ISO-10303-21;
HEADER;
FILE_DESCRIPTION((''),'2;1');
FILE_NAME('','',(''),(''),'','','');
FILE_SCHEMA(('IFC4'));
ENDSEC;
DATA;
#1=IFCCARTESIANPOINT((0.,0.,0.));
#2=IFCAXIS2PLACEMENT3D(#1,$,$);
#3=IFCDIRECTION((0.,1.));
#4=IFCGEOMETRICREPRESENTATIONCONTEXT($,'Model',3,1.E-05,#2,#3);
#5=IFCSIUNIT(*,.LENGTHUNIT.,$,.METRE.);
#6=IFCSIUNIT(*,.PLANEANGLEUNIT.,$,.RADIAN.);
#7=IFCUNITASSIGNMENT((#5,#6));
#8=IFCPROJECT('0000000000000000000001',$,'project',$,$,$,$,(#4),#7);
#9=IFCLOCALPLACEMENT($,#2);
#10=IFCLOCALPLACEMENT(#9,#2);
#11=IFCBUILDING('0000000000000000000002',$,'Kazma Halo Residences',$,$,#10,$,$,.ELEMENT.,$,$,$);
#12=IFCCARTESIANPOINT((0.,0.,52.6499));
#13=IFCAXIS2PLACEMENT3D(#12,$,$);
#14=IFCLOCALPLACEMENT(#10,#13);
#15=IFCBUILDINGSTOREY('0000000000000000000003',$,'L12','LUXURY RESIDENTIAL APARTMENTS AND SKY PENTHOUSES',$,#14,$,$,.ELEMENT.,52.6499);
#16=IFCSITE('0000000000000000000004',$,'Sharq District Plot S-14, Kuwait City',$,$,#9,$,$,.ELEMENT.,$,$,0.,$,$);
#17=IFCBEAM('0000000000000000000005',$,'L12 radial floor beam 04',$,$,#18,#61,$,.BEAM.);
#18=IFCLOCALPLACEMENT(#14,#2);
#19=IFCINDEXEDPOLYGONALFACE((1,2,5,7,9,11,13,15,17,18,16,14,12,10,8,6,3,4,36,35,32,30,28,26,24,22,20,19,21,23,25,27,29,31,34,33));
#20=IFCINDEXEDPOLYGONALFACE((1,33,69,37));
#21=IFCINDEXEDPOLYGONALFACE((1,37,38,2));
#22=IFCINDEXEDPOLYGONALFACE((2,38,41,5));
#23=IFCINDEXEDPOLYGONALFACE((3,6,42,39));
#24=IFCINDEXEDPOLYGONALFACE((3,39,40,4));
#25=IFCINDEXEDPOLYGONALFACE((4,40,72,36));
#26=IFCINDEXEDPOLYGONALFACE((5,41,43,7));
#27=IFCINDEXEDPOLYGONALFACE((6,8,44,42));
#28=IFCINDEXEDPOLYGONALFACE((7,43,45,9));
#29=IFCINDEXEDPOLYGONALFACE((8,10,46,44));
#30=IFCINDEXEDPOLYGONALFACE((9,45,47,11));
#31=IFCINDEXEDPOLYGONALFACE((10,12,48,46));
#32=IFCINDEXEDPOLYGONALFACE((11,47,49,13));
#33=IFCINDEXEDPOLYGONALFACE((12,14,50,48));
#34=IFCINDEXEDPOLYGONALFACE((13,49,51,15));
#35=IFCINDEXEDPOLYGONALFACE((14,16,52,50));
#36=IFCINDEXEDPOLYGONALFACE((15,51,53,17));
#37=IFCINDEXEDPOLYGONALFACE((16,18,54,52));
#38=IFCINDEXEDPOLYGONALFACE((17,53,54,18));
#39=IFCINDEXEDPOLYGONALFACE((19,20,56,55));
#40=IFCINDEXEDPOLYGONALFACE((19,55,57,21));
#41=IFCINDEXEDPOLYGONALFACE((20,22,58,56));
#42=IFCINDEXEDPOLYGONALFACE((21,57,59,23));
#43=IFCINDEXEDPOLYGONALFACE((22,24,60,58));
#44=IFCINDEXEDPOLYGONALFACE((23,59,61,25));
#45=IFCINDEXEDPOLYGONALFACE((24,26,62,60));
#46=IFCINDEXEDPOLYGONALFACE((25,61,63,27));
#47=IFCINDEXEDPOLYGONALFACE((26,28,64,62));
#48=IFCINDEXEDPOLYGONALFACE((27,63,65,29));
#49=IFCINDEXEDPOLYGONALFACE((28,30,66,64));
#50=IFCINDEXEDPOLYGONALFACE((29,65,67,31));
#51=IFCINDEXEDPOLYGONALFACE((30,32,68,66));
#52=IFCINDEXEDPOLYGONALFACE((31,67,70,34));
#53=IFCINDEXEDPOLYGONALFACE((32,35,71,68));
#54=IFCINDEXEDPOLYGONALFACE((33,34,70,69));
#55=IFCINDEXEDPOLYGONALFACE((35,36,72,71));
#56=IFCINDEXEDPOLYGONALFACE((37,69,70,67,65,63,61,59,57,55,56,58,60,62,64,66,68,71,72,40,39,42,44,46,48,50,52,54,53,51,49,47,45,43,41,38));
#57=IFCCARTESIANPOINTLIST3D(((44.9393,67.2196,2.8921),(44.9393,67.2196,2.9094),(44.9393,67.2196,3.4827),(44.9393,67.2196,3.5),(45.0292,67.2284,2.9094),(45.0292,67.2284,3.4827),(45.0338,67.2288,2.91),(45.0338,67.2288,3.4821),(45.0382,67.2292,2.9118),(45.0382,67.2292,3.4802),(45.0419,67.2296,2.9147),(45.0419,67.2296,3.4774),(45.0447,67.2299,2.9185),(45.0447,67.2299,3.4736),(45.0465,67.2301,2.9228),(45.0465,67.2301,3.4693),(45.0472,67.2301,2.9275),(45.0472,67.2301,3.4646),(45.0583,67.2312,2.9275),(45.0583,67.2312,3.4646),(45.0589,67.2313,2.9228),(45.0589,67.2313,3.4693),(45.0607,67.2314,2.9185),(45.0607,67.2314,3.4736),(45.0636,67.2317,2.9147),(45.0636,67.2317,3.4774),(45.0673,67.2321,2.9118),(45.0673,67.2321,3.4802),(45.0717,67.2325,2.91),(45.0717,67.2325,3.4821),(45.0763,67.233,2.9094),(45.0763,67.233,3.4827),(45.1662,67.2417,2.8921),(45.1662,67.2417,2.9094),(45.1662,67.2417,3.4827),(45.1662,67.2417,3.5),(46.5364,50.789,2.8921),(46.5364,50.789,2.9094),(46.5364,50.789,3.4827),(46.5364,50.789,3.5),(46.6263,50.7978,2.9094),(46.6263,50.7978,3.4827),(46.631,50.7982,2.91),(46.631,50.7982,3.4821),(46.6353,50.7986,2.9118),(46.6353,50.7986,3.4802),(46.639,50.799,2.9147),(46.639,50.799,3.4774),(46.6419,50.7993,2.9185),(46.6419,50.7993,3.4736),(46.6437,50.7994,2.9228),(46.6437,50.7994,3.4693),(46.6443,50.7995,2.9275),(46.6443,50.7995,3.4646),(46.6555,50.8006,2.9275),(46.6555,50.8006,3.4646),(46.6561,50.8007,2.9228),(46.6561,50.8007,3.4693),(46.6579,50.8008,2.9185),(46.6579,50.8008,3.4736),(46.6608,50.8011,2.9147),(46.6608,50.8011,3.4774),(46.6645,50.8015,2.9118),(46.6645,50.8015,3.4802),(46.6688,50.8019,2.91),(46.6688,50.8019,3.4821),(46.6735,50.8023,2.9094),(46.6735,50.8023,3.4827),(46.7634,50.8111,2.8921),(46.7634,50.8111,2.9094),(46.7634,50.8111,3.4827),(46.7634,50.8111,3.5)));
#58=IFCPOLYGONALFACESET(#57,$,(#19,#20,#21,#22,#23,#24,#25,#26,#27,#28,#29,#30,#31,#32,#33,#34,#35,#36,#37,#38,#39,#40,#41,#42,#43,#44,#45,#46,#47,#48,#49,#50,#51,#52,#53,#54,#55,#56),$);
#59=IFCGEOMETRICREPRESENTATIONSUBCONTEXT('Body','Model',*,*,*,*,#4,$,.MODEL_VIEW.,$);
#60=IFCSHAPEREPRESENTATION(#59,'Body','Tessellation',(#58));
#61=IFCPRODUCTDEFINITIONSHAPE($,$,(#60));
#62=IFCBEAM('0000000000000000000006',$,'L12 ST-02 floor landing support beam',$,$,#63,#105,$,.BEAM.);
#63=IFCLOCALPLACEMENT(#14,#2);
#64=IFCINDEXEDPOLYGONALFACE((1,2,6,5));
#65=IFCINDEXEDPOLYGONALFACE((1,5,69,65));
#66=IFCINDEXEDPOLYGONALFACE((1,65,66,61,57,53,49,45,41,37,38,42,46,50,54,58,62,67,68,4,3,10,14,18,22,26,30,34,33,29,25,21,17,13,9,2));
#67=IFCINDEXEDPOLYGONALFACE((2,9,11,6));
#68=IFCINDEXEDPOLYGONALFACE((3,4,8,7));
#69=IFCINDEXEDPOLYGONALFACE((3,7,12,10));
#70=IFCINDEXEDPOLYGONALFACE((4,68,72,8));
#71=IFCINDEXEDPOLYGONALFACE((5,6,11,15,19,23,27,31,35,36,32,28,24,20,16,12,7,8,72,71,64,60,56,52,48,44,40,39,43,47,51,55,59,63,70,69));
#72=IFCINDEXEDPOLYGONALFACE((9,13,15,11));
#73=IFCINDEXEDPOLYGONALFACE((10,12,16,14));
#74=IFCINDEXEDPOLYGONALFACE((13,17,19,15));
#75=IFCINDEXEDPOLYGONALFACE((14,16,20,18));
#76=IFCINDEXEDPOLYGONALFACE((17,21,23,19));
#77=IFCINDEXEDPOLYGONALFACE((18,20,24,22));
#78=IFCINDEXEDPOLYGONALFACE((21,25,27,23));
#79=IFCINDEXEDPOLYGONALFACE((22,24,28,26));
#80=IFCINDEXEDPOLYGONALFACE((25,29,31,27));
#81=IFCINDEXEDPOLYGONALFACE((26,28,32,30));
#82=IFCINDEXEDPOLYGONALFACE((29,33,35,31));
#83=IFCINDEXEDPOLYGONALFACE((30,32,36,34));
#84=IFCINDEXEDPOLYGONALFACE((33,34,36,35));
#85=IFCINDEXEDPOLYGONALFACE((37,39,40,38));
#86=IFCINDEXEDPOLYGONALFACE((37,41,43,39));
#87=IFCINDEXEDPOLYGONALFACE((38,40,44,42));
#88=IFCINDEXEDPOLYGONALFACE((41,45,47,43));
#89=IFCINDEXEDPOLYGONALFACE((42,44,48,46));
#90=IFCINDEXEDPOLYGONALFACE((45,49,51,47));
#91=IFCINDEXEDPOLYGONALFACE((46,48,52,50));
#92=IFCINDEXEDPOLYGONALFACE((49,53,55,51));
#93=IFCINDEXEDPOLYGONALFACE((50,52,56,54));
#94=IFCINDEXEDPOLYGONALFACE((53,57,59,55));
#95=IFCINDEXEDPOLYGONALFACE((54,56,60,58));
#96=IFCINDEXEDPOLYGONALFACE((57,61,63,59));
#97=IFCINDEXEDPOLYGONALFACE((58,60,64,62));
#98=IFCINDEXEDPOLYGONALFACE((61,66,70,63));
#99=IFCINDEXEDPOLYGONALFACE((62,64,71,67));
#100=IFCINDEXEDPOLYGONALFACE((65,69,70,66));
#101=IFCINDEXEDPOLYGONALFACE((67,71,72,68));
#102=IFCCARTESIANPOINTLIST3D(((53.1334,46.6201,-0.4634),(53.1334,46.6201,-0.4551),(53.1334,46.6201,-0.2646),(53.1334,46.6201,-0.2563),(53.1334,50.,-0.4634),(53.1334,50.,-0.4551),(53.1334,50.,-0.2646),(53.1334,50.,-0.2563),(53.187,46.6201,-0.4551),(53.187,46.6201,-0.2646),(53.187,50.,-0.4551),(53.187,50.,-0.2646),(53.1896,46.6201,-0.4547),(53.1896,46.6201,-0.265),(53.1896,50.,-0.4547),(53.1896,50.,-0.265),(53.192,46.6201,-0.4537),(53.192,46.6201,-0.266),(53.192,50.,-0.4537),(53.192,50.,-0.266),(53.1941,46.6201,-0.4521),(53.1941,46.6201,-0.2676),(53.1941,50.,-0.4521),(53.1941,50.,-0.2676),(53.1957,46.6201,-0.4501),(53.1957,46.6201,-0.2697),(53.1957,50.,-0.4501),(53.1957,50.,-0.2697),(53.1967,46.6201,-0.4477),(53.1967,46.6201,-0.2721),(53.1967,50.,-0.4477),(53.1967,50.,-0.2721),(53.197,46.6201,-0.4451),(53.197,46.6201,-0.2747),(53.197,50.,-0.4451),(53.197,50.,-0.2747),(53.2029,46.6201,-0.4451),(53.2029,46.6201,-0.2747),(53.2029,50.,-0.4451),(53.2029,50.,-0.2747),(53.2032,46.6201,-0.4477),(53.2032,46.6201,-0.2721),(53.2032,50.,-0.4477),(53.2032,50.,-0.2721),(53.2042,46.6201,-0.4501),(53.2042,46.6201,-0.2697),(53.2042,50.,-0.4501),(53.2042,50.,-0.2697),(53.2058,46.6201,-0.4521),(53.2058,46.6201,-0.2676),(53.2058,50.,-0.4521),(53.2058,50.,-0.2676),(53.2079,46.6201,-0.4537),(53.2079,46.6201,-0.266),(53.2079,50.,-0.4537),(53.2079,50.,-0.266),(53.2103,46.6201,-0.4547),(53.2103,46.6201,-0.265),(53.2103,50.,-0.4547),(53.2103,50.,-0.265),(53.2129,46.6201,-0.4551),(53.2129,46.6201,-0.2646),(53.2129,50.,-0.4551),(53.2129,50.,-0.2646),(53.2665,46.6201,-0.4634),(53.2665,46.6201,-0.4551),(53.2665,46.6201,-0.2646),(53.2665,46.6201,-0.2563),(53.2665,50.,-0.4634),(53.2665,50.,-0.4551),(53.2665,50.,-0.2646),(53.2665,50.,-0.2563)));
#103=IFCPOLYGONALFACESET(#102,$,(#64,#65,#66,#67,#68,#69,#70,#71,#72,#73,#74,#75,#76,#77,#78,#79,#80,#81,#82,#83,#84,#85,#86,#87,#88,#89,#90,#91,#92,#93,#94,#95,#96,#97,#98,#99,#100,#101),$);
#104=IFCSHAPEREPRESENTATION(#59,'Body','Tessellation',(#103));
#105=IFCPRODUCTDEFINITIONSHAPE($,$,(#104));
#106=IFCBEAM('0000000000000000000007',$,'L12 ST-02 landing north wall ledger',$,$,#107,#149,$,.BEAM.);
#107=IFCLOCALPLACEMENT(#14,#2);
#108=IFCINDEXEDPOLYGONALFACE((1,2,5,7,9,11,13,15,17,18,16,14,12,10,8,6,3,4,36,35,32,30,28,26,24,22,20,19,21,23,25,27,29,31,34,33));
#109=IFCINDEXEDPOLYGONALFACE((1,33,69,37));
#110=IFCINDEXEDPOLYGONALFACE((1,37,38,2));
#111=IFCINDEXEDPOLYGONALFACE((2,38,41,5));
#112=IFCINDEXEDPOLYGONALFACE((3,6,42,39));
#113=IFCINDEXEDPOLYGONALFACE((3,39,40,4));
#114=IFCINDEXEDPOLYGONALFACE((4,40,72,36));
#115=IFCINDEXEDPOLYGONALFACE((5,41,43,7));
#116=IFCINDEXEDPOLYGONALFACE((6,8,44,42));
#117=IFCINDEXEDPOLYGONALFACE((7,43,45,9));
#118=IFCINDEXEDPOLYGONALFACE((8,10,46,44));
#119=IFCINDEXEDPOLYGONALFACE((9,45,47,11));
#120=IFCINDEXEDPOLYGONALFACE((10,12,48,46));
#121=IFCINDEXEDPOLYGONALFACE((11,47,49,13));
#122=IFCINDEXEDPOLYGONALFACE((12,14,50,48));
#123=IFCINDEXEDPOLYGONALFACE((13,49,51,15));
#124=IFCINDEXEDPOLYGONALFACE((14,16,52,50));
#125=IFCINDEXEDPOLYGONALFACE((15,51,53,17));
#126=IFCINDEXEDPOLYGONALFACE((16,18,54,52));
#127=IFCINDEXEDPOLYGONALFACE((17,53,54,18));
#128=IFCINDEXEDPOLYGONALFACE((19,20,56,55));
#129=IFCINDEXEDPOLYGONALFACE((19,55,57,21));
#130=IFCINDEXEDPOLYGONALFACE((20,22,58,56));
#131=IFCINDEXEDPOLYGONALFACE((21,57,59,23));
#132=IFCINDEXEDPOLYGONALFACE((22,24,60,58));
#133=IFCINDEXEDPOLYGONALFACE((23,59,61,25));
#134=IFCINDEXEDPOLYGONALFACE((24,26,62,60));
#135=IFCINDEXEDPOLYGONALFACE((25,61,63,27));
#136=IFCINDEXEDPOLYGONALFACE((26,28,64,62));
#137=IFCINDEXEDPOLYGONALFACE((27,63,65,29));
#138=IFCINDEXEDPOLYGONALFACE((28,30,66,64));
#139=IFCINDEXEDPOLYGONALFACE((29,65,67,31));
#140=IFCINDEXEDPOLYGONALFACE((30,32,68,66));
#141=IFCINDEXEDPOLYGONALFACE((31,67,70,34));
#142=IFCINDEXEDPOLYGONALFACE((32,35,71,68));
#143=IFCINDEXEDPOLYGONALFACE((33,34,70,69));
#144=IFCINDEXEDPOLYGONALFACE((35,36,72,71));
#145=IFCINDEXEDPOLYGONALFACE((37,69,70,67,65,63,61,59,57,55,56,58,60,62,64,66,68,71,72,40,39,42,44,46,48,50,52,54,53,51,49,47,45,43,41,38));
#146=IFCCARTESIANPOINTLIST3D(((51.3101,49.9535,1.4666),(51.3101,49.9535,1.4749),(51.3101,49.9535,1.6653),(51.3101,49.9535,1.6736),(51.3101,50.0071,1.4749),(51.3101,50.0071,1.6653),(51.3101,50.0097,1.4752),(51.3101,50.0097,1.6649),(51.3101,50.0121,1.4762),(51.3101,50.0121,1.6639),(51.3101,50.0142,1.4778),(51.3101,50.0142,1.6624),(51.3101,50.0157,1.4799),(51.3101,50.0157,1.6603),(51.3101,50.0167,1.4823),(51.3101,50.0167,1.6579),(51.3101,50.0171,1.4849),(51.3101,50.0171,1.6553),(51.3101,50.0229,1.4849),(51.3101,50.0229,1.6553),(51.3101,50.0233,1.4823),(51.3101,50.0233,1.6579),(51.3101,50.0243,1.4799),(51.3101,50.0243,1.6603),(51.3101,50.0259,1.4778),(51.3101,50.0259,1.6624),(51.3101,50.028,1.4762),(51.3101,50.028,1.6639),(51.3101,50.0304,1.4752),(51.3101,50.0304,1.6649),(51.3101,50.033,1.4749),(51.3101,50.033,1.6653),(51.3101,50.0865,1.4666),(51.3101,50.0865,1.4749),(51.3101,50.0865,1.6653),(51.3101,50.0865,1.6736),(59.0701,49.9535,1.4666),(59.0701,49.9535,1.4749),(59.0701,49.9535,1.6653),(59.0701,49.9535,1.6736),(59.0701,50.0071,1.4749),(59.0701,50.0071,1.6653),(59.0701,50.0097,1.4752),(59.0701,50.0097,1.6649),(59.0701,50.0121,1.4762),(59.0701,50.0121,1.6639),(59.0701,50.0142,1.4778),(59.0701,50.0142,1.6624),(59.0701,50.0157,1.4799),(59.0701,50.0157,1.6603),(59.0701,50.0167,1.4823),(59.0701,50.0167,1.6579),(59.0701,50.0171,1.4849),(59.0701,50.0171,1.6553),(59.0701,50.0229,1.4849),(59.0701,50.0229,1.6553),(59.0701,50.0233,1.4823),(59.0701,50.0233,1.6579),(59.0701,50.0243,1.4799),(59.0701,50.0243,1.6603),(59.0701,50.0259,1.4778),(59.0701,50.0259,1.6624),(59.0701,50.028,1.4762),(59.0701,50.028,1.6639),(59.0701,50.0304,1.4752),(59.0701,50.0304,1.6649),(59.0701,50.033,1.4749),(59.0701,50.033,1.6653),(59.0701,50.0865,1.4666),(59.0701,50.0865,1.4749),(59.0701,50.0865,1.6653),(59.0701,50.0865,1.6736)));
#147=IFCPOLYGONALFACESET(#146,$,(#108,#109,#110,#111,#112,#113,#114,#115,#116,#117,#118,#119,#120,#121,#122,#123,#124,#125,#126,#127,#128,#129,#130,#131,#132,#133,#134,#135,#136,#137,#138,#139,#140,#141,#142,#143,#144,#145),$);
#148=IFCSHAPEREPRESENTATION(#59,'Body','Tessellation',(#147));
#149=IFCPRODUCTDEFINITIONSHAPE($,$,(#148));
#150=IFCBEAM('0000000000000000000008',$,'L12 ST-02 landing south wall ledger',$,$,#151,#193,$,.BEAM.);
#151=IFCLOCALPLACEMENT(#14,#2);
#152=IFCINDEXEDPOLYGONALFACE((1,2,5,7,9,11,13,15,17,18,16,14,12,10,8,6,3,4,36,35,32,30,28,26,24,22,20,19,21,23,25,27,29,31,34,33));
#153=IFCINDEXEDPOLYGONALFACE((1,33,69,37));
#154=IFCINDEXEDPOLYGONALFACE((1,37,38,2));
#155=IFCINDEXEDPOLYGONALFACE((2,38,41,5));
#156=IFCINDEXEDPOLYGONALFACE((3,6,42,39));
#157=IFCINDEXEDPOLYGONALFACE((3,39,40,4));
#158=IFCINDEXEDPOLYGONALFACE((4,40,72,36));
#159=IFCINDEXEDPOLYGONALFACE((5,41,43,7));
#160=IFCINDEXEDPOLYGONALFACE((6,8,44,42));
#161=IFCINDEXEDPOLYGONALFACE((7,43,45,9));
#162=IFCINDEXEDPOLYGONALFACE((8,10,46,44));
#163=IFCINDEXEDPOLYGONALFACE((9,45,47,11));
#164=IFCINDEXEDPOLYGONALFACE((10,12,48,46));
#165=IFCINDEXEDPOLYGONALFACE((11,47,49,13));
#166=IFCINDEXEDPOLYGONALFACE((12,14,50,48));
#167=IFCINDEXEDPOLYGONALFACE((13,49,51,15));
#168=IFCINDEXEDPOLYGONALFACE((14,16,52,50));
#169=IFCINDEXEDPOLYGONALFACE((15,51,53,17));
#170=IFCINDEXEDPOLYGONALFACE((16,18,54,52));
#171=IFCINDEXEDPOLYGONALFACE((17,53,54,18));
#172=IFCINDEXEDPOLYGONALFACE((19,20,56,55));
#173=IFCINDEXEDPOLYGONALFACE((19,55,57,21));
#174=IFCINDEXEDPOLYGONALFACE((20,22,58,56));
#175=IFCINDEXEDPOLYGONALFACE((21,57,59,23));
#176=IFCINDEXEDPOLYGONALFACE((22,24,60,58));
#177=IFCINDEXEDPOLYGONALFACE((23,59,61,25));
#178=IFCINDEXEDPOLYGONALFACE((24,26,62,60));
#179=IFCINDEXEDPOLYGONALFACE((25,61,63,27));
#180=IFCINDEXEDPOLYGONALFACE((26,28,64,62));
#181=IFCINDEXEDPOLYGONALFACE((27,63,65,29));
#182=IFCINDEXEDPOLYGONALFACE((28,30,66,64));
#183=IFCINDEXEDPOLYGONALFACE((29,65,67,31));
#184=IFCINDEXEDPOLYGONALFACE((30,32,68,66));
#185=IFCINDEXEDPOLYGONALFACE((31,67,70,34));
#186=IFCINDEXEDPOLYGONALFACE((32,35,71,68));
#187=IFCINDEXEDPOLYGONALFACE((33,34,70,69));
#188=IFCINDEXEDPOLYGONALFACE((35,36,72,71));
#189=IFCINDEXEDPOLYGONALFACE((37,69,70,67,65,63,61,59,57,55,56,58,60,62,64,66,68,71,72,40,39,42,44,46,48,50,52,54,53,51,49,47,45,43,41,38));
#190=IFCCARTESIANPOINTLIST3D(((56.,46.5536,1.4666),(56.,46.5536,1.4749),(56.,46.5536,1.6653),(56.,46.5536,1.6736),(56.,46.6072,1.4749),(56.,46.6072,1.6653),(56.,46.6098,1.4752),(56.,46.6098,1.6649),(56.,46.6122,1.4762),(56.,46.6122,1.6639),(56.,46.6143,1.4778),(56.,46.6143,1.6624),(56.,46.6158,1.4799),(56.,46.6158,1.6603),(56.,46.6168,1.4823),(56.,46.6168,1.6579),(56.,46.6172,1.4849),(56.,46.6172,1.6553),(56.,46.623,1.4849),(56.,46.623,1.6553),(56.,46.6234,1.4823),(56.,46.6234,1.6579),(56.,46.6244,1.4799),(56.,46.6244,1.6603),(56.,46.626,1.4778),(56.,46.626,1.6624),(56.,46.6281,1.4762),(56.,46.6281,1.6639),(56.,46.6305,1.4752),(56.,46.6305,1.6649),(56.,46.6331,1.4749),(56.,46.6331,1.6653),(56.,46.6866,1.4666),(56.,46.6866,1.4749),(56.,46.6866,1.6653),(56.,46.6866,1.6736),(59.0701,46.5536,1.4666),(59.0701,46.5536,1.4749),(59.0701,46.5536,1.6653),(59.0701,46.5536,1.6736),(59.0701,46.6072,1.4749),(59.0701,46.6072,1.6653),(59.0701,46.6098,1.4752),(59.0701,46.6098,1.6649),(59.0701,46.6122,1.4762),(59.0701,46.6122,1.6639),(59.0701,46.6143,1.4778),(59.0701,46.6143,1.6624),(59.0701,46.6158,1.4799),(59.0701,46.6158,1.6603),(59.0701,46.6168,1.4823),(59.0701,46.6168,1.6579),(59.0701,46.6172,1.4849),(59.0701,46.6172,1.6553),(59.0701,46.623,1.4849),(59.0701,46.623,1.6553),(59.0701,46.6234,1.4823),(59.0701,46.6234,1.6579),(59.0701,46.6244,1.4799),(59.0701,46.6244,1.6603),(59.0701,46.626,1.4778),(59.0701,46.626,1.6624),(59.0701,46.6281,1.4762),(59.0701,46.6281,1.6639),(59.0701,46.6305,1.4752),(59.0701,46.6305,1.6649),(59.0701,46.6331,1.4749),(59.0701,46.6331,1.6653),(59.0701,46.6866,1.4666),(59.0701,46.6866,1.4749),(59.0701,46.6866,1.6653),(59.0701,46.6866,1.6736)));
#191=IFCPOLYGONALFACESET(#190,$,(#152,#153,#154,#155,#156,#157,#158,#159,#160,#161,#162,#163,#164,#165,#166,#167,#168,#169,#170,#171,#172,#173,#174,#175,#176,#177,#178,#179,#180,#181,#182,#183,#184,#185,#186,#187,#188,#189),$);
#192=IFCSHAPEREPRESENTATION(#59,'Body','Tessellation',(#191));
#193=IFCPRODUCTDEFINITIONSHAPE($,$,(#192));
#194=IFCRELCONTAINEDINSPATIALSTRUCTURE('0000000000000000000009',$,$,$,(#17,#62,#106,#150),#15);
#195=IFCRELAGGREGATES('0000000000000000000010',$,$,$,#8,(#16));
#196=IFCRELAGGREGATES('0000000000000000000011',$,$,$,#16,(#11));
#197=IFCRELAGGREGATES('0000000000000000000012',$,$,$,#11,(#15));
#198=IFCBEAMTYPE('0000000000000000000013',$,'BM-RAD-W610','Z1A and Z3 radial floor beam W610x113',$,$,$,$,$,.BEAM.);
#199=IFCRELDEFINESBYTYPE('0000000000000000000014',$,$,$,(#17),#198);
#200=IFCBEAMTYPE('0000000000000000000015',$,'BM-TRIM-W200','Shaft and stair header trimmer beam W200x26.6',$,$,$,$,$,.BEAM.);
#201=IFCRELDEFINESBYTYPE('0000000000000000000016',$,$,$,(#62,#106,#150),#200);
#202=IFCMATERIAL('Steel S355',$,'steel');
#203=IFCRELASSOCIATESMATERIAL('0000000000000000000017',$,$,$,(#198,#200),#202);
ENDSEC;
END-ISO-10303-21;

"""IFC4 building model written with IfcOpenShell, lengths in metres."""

from ifc_helpers import new_model, si_unit, direction, frame, origin, origin_2d, place, context, subcontext, project, spatial, i_section, extrude, material, material_profile, profile_set, type_object, element, save


model = new_model("IFC4")

# Units and contexts
model_context = context("Model", 3, precision=1e-05, world=origin(), true_north=direction((0.0, 1.0)))
body_context = subcontext(model_context, "Body", "Model", "MODEL_VIEW")
ifc_project = project(units=[si_unit("LENGTHUNIT", "METRE"), si_unit("PLANEANGLEUNIT", "RADIAN")], contexts=[model_context])

# Site, building, storey
site_placement = place(None, origin())
site = spatial("IfcSite", under=ifc_project, at=site_placement, Name="Sharq District Plot S-14, Kuwait City", CompositionType="ELEMENT", RefElevation=0.0)
building_placement = place(site_placement, origin())
building = spatial("IfcBuilding", under=site, at=building_placement, Name="Kazma Halo Residences", CompositionType="ELEMENT")
storey_placement = place(building_placement, frame((0.0, 0.0, 52.6499)))
storey = spatial("IfcBuildingStorey", under=building, at=storey_placement, Name="L12", Description="LUXURY RESIDENTIAL APARTMENTS AND SKY PENTHOUSES", CompositionType="ELEMENT", Elevation=52.6499)

# Shared definitions
ifc_material_1 = material(Name="Steel S355", Category="steel")

# Beams
ifc_material_profile_1 = material_profile(ifc_material_1, i_section(OverallWidth=0.228, OverallDepth=0.6079, WebThickness=0.0112, FlangeThickness=0.0173, FilletRadius=0.0181, at=origin_2d()), Name="W610x113")
ifc_profile_set_1 = profile_set([ifc_material_profile_1], Name="Steel S355")
beam_type_1 = type_object("IfcBeamType", Name="BM-RAD-W610", Description="Z1A and Z3 radial floor beam W610x113", PredefinedType="BEAM", material=ifc_profile_set_1)
beam_1_placement = place(storey_placement, frame((46.6499, 50.8, 3.196), z_axis=(-0.096751, 0.995309, 0.0), x_axis=(-0.995309, -0.096751, 0.0)))
element("IfcBeam", 1, at=beam_1_placement, inside=storey, type_object=beam_type_1, Name="L12 radial floor beam 04", PredefinedType="BEAM", context=body_context, shape_type="SweptSolid", body=[
    extrude(i_section(OverallWidth=0.228, OverallDepth=0.6079, WebThickness=0.0112, FlangeThickness=0.0173, FilletRadius=0.0181, at=origin_2d()), origin(), (0.0, 0.0, 1.0), 16.5081),
])
ifc_material_profile_2 = material_profile(ifc_material_1, i_section(OverallWidth=0.1331, OverallDepth=0.207, WebThickness=0.0059, FlangeThickness=0.0083, FilletRadius=0.01, at=origin_2d()), Name="W200x26.6")
ifc_profile_set_2 = profile_set([ifc_material_profile_2], Name="Steel S355")
beam_type_2 = type_object("IfcBeamType", Name="BM-TRIM-W200", Description="Shaft and stair header trimmer beam W200x26.6", PredefinedType="BEAM", material=ifc_profile_set_2)
beam_2_placement = place(storey_placement, frame((53.2, 46.6201, -0.3599), z_axis=(0.0, 1.0, 0.0), x_axis=(-1.0, 0.0, 0.0)))
element("IfcBeam", 2, at=beam_2_placement, inside=storey, type_object=beam_type_2, Name="L12 ST-02 floor landing support beam", PredefinedType="BEAM", context=body_context, shape_type="SweptSolid", body=[
    extrude(i_section(OverallWidth=0.1331, OverallDepth=0.207, WebThickness=0.0059, FlangeThickness=0.0083, FilletRadius=0.01, at=origin_2d()), origin(), (0.0, 0.0, 1.0), 3.3799),
])
beam_3_placement = place(storey_placement, frame((51.3101, 50.02, 1.5701), z_axis=(1.0, 0.0, 0.0), x_axis=(0.0, 1.0, 0.0)))
element("IfcBeam", 3, at=beam_3_placement, inside=storey, type_object=beam_type_2, Name="L12 ST-02 landing north wall ledger", PredefinedType="BEAM", context=body_context, shape_type="SweptSolid", body=[
    extrude(i_section(OverallWidth=0.1331, OverallDepth=0.207, WebThickness=0.0059, FlangeThickness=0.0083, FilletRadius=0.01, at=origin_2d()), origin(), (0.0, 0.0, 1.0), 7.76),
])
beam_4_placement = place(storey_placement, frame((56.0, 46.6201, 1.5701), z_axis=(1.0, 0.0, 0.0), x_axis=(0.0, 1.0, 0.0)))
element("IfcBeam", 4, at=beam_4_placement, inside=storey, type_object=beam_type_2, Name="L12 ST-02 landing south wall ledger", PredefinedType="BEAM", context=body_context, shape_type="SweptSolid", body=[
    extrude(i_section(OverallWidth=0.1331, OverallDepth=0.207, WebThickness=0.0059, FlangeThickness=0.0083, FilletRadius=0.01, at=origin_2d()), origin(), (0.0, 0.0, 1.0), 3.0701),
])

save(model, "model.ifc")
